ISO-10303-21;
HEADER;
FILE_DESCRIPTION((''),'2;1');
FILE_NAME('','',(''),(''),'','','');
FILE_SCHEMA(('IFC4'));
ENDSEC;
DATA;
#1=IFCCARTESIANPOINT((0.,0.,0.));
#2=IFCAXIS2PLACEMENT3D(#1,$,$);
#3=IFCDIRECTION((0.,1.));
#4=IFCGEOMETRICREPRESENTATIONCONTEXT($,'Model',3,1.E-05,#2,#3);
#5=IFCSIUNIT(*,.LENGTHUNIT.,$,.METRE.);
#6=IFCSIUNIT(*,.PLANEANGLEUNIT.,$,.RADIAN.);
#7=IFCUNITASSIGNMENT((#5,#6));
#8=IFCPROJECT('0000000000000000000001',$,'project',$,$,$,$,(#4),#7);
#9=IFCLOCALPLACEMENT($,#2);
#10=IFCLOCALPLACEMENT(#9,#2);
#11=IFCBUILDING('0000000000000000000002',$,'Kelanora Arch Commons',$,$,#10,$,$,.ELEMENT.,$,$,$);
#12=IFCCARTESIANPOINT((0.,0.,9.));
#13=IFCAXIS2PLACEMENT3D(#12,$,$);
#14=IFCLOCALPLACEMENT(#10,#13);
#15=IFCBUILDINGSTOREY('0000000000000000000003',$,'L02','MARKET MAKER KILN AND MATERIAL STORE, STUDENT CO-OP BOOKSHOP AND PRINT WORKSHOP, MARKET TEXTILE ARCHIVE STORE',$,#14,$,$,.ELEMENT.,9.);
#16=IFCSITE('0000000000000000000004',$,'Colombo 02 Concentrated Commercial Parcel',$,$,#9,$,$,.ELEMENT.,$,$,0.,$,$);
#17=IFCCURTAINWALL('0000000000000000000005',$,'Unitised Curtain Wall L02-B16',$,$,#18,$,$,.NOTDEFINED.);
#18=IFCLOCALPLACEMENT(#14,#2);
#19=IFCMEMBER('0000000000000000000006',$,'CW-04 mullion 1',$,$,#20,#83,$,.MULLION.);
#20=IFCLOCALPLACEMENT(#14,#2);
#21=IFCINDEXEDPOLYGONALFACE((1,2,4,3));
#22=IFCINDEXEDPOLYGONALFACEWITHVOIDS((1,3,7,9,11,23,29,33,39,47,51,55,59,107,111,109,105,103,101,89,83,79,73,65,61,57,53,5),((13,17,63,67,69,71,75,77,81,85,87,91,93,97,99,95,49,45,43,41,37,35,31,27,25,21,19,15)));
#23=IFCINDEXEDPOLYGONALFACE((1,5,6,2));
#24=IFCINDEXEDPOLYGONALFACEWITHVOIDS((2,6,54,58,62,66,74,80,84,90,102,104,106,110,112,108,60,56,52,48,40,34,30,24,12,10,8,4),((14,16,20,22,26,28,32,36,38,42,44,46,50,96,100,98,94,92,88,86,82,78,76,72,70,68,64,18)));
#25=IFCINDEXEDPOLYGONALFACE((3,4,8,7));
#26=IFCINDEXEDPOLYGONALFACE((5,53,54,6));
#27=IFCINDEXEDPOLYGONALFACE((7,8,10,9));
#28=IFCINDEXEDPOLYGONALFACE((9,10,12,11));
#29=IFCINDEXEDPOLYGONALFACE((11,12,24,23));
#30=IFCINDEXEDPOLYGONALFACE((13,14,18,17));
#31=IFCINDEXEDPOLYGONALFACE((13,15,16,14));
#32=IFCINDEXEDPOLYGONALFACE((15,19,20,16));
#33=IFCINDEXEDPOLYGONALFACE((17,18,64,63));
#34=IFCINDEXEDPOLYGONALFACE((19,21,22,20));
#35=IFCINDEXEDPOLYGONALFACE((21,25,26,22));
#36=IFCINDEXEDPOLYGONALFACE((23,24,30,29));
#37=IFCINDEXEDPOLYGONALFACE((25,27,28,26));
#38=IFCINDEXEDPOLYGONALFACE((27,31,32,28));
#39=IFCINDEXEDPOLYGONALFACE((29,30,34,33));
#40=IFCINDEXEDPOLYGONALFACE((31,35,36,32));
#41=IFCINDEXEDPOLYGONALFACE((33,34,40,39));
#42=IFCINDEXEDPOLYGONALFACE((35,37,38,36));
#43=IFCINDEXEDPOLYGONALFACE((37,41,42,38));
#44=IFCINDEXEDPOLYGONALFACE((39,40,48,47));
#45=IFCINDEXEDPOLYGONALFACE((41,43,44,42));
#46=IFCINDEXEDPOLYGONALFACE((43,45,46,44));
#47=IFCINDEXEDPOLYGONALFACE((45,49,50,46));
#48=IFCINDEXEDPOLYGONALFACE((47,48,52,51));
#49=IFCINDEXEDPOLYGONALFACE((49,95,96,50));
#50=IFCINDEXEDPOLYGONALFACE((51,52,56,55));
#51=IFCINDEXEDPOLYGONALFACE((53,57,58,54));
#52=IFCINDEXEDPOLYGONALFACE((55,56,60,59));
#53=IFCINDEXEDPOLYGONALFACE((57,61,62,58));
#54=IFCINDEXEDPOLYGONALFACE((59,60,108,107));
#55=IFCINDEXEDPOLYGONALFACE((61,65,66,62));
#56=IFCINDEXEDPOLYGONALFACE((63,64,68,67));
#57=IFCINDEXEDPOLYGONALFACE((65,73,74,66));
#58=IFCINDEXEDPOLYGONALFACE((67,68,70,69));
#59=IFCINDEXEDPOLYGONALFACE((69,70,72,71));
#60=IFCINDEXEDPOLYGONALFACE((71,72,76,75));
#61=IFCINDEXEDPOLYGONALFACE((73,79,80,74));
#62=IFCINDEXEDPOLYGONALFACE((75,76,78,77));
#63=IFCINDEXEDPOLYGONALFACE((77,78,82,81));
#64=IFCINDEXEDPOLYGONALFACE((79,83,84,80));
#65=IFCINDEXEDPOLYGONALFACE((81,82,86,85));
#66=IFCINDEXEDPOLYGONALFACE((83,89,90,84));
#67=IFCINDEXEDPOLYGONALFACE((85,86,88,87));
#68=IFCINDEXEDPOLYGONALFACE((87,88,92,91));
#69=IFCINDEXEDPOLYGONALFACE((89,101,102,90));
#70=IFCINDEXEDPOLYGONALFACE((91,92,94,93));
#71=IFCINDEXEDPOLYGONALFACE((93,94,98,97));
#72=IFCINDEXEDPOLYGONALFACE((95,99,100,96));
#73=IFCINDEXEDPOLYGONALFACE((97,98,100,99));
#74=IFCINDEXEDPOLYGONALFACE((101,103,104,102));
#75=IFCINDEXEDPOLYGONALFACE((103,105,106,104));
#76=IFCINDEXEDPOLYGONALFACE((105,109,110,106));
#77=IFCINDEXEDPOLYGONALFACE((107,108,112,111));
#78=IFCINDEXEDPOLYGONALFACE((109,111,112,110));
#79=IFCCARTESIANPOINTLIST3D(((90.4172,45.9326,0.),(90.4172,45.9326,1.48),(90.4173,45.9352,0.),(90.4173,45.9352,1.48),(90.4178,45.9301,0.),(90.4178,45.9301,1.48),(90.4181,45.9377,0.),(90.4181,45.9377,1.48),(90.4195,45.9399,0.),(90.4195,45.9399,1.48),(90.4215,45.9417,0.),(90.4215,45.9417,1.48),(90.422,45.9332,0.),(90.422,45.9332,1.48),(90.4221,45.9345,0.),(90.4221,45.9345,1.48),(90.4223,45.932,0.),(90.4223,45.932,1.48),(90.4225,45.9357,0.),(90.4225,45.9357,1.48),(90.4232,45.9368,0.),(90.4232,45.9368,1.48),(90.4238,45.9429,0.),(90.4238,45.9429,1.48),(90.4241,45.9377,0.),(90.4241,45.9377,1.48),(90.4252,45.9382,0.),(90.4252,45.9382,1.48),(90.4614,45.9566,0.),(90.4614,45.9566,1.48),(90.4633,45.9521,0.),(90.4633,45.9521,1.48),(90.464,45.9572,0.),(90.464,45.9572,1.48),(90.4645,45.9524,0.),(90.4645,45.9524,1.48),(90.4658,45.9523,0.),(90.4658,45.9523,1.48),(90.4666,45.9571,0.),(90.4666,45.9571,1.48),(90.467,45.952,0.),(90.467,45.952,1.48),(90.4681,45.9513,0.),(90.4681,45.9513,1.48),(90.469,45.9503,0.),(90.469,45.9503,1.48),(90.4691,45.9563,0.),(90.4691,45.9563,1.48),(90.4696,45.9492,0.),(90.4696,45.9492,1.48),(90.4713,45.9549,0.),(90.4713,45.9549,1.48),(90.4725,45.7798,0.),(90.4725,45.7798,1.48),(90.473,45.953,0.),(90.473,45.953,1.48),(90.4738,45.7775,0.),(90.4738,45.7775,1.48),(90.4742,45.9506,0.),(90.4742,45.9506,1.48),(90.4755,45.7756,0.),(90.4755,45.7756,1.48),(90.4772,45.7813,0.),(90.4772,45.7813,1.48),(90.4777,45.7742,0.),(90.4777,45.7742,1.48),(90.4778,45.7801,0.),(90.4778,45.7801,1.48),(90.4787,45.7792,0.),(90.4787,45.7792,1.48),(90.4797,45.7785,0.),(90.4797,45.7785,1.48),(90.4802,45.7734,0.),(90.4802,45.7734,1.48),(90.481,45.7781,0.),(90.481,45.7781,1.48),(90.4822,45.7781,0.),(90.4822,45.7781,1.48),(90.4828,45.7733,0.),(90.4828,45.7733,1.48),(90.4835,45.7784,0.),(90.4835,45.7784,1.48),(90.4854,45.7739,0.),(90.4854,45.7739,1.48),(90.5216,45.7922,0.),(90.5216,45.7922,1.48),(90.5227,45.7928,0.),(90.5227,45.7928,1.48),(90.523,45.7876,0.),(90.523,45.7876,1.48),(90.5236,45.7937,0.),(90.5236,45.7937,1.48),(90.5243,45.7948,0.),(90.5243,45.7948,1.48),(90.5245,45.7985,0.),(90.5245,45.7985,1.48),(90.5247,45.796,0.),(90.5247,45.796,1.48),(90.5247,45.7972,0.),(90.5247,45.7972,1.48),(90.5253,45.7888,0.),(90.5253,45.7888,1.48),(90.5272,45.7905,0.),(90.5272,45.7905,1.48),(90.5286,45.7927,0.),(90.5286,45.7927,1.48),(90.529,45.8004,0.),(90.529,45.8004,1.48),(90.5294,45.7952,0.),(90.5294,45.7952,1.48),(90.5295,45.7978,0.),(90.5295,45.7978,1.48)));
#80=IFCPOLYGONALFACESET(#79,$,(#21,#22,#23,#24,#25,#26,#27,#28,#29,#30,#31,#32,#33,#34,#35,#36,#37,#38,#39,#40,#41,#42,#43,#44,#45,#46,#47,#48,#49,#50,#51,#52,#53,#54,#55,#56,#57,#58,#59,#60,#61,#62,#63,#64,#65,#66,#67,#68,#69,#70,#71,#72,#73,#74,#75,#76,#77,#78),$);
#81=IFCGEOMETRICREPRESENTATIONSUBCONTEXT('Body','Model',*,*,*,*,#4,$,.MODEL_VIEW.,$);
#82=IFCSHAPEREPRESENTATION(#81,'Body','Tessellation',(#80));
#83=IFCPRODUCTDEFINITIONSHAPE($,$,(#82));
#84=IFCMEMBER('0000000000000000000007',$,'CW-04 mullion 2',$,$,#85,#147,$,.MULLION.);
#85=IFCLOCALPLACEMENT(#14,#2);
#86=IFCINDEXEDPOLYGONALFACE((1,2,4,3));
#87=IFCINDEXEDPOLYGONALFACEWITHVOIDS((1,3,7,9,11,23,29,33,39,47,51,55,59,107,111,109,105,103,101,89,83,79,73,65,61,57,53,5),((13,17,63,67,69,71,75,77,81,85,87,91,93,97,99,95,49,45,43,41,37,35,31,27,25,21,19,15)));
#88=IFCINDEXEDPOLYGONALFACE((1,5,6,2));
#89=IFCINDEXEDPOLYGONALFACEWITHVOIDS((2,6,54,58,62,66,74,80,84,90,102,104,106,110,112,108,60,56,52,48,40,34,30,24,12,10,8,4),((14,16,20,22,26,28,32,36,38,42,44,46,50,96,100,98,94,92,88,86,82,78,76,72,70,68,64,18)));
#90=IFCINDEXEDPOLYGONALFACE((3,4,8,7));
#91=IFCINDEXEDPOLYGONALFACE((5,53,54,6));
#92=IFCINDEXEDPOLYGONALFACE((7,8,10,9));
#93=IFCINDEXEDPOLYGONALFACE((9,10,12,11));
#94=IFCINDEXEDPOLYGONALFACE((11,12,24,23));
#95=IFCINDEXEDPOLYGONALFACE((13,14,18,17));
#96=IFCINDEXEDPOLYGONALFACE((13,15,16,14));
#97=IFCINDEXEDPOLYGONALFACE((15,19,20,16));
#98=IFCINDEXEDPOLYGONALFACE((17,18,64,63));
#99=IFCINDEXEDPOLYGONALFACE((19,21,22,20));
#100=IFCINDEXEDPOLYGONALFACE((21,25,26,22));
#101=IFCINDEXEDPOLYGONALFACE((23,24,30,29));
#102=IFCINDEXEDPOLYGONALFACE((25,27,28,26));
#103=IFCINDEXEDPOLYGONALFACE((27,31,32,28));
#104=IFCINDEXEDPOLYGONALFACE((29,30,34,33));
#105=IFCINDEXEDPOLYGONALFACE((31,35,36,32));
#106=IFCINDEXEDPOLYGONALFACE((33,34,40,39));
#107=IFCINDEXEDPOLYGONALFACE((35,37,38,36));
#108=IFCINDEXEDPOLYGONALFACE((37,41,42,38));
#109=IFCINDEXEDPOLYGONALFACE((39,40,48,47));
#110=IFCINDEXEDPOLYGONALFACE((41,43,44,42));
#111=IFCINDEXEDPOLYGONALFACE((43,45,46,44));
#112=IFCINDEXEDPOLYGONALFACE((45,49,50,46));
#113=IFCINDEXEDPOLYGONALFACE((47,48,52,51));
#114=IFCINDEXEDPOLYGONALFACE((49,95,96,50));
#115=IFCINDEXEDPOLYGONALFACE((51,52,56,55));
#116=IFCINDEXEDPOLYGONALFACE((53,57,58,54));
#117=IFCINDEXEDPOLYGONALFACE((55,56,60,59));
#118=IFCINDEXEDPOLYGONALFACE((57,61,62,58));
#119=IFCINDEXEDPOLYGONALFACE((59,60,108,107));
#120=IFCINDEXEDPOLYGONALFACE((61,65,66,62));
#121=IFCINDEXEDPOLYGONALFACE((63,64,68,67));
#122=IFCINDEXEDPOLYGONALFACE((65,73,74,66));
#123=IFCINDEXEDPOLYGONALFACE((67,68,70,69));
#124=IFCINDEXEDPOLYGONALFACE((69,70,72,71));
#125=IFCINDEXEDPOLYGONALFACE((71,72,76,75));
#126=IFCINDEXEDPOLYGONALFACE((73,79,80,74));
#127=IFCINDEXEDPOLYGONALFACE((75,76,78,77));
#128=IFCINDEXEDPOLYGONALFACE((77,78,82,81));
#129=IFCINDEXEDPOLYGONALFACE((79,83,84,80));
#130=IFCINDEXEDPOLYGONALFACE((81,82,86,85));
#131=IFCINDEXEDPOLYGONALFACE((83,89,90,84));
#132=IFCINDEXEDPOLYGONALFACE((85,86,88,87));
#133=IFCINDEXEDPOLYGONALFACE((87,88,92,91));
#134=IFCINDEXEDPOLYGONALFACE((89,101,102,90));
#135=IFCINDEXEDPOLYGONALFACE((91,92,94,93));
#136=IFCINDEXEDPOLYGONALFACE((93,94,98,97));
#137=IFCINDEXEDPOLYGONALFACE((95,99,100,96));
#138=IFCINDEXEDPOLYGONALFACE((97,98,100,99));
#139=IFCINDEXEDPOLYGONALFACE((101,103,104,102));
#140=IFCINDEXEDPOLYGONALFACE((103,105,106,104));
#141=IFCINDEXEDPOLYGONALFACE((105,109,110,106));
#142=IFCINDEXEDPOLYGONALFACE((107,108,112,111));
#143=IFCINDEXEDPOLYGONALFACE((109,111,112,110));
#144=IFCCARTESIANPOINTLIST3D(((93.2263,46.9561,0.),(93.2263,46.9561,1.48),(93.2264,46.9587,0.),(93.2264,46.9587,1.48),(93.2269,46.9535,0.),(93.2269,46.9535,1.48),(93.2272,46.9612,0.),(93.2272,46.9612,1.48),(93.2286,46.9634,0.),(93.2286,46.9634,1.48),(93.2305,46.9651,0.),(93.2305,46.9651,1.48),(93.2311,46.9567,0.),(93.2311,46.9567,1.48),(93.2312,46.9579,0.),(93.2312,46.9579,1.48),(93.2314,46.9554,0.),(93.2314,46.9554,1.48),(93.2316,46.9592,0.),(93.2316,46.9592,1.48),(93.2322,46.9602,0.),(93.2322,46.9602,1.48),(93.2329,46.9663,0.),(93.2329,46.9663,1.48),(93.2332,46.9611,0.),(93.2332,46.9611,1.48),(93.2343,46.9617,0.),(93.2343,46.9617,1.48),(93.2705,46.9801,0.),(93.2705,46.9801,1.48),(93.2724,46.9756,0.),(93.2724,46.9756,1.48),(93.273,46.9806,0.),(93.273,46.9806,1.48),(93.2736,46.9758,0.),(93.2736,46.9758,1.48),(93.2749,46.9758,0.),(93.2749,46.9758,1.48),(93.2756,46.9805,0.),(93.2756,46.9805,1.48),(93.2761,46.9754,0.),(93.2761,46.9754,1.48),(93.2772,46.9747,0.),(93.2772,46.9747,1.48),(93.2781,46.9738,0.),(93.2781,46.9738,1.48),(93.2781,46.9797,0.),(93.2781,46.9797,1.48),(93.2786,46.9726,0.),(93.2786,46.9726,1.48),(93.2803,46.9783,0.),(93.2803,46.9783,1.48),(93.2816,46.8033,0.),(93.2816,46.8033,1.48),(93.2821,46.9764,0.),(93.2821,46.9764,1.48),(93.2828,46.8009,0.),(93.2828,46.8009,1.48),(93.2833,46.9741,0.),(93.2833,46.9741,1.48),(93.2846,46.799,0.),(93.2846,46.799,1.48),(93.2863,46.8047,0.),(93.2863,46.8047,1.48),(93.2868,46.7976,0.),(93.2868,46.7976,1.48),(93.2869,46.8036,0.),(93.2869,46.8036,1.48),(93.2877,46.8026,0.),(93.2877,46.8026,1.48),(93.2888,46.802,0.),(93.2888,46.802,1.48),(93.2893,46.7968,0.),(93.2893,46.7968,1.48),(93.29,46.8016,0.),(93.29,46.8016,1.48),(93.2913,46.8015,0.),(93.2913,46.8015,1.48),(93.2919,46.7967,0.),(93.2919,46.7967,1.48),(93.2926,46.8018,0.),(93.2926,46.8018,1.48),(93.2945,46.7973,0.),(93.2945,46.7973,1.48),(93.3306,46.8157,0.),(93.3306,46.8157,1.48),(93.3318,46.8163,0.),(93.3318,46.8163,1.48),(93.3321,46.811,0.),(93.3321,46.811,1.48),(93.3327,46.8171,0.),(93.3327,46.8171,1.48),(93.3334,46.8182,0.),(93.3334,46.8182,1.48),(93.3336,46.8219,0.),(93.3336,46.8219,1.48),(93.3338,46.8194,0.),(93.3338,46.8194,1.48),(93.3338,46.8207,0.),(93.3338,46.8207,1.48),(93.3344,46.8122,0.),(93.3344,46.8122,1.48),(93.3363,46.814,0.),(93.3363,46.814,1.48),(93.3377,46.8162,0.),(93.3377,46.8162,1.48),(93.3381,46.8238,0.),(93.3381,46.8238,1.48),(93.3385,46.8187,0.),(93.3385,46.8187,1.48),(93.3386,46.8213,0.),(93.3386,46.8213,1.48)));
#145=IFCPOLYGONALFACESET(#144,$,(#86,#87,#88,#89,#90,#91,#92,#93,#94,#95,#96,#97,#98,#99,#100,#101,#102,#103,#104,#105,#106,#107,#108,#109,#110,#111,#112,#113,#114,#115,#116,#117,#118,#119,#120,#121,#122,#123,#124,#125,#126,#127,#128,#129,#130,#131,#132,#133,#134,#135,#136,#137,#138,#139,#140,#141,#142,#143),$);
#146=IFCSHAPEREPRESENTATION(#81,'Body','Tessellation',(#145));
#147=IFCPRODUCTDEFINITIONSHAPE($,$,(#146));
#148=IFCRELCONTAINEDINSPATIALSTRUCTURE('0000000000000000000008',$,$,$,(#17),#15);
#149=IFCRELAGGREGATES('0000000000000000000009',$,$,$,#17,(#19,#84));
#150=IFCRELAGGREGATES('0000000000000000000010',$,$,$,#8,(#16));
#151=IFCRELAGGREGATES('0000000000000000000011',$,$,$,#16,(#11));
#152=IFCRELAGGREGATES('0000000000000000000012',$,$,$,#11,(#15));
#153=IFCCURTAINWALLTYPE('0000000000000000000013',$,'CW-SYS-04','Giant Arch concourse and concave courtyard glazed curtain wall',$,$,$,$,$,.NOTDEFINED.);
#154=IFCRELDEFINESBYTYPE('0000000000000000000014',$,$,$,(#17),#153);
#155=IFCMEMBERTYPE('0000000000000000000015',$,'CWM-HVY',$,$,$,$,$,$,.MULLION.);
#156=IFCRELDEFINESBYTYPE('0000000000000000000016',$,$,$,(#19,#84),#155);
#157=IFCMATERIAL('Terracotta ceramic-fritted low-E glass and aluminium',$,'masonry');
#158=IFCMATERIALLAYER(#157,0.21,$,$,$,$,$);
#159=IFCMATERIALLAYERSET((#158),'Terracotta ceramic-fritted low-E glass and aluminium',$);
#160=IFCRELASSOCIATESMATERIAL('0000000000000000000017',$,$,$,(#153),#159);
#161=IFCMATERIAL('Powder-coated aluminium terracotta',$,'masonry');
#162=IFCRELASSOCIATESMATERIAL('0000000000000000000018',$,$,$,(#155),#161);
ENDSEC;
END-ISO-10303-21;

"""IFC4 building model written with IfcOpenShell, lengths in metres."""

from ifc_helpers import new_model, si_unit, direction, frame, origin, origin_2d, place, context, subcontext, project, spatial, hollow_rectangle, extrude, material, layer, layer_set, material_profile, profile_set, type_object, element, aggregate, save


model = new_model("IFC4")

# Units and contexts
model_context = context("Model", 3, precision=1e-05, world=origin(), true_north=direction((0.0, 1.0)))
body_context = subcontext(model_context, "Body", "Model", "MODEL_VIEW")
ifc_project = project(units=[si_unit("LENGTHUNIT", "METRE"), si_unit("PLANEANGLEUNIT", "RADIAN")], contexts=[model_context])

# Site, building, storey
site_placement = place(None, origin())
site = spatial("IfcSite", under=ifc_project, at=site_placement, Name="Colombo 02 Concentrated Commercial Parcel", CompositionType="ELEMENT", RefElevation=0.0)
building_placement = place(site_placement, origin())
building = spatial("IfcBuilding", under=site, at=building_placement, Name="Kelanora Arch Commons", CompositionType="ELEMENT")
storey_placement = place(building_placement, frame((0.0, 0.0, 9.0)))
storey = spatial("IfcBuildingStorey", under=building, at=storey_placement, Name="L02", Description="MARKET MAKER KILN AND MATERIAL STORE, STUDENT CO-OP BOOKSHOP AND PRINT WORKSHOP, MARKET TEXTILE ARCHIVE STORE", CompositionType="ELEMENT", Elevation=9.0)

# Curtain wall, members
ifc_material_1 = material(Name="Terracotta ceramic-fritted low-E glass and aluminium", Category="masonry")
ifc_layer_1 = layer(ifc_material_1, 0.21)
ifc_layer_set_1 = layer_set([ifc_layer_1], Name="Terracotta ceramic-fritted low-E glass and aluminium")
curtain_wall_type = type_object("IfcCurtainWallType", Name="CW-SYS-04", Description="Giant Arch concourse and concave courtyard glazed curtain wall", PredefinedType="NOTDEFINED", material=ifc_layer_set_1)
curtain_wall_placement = place(storey_placement, origin())
curtain_wall = element("IfcCurtainWall", 1, at=curtain_wall_placement, inside=storey, type_object=curtain_wall_type, Name="Unitised Curtain Wall L02-B16", PredefinedType="NOTDEFINED")
ifc_material_2 = material(Name="Powder-coated aluminium terracotta", Category="masonry")
ifc_material_profile_1 = material_profile(ifc_material_2, hollow_rectangle(XDim=0.1799, YDim=0.0601, WallThickness=0.0049, InnerFilletRadius=0.0049, OuterFilletRadius=0.01, at=origin_2d()), Name="CWM180x60")
ifc_profile_set_1 = profile_set([ifc_material_profile_1], Name="Powder-coated aluminium terracotta")
member_type_1 = type_object("IfcMemberType", Name="CWM-HVY", PredefinedType="MULLION", material=ifc_profile_set_1)
member_1_placement = place(storey_placement, frame((90.4734, 45.8652, 0.0), z_axis=(0.0, 0.0, 1.0), x_axis=(-0.342318, 0.939584, 0.0)))
member_1 = element("IfcMember", 2, at=member_1_placement, type_object=member_type_1, Name="CW-04 mullion 1", PredefinedType="MULLION", context=body_context, shape_type="SweptSolid", body=[
    extrude(hollow_rectangle(XDim=0.1799, YDim=0.0601, WallThickness=0.0049, InnerFilletRadius=0.0049, OuterFilletRadius=0.01, at=origin_2d()), origin(), (0.0, 0.0, 1.0), 1.48),
])
member_2_placement = place(storey_placement, frame((93.2825, 46.8887, 0.0), z_axis=(0.0, 0.0, 1.0), x_axis=(-0.342318, 0.939584, 0.0)))
member_2 = element("IfcMember", 3, at=member_2_placement, type_object=member_type_1, Name="CW-04 mullion 2", PredefinedType="MULLION", context=body_context, shape_type="SweptSolid", body=[
    extrude(hollow_rectangle(XDim=0.1799, YDim=0.0601, WallThickness=0.0049, InnerFilletRadius=0.0049, OuterFilletRadius=0.01, at=origin_2d()), origin(), (0.0, 0.0, 1.0), 1.48),
])
aggregate(curtain_wall, [member_1, member_2])

save(model, "model.ifc")
